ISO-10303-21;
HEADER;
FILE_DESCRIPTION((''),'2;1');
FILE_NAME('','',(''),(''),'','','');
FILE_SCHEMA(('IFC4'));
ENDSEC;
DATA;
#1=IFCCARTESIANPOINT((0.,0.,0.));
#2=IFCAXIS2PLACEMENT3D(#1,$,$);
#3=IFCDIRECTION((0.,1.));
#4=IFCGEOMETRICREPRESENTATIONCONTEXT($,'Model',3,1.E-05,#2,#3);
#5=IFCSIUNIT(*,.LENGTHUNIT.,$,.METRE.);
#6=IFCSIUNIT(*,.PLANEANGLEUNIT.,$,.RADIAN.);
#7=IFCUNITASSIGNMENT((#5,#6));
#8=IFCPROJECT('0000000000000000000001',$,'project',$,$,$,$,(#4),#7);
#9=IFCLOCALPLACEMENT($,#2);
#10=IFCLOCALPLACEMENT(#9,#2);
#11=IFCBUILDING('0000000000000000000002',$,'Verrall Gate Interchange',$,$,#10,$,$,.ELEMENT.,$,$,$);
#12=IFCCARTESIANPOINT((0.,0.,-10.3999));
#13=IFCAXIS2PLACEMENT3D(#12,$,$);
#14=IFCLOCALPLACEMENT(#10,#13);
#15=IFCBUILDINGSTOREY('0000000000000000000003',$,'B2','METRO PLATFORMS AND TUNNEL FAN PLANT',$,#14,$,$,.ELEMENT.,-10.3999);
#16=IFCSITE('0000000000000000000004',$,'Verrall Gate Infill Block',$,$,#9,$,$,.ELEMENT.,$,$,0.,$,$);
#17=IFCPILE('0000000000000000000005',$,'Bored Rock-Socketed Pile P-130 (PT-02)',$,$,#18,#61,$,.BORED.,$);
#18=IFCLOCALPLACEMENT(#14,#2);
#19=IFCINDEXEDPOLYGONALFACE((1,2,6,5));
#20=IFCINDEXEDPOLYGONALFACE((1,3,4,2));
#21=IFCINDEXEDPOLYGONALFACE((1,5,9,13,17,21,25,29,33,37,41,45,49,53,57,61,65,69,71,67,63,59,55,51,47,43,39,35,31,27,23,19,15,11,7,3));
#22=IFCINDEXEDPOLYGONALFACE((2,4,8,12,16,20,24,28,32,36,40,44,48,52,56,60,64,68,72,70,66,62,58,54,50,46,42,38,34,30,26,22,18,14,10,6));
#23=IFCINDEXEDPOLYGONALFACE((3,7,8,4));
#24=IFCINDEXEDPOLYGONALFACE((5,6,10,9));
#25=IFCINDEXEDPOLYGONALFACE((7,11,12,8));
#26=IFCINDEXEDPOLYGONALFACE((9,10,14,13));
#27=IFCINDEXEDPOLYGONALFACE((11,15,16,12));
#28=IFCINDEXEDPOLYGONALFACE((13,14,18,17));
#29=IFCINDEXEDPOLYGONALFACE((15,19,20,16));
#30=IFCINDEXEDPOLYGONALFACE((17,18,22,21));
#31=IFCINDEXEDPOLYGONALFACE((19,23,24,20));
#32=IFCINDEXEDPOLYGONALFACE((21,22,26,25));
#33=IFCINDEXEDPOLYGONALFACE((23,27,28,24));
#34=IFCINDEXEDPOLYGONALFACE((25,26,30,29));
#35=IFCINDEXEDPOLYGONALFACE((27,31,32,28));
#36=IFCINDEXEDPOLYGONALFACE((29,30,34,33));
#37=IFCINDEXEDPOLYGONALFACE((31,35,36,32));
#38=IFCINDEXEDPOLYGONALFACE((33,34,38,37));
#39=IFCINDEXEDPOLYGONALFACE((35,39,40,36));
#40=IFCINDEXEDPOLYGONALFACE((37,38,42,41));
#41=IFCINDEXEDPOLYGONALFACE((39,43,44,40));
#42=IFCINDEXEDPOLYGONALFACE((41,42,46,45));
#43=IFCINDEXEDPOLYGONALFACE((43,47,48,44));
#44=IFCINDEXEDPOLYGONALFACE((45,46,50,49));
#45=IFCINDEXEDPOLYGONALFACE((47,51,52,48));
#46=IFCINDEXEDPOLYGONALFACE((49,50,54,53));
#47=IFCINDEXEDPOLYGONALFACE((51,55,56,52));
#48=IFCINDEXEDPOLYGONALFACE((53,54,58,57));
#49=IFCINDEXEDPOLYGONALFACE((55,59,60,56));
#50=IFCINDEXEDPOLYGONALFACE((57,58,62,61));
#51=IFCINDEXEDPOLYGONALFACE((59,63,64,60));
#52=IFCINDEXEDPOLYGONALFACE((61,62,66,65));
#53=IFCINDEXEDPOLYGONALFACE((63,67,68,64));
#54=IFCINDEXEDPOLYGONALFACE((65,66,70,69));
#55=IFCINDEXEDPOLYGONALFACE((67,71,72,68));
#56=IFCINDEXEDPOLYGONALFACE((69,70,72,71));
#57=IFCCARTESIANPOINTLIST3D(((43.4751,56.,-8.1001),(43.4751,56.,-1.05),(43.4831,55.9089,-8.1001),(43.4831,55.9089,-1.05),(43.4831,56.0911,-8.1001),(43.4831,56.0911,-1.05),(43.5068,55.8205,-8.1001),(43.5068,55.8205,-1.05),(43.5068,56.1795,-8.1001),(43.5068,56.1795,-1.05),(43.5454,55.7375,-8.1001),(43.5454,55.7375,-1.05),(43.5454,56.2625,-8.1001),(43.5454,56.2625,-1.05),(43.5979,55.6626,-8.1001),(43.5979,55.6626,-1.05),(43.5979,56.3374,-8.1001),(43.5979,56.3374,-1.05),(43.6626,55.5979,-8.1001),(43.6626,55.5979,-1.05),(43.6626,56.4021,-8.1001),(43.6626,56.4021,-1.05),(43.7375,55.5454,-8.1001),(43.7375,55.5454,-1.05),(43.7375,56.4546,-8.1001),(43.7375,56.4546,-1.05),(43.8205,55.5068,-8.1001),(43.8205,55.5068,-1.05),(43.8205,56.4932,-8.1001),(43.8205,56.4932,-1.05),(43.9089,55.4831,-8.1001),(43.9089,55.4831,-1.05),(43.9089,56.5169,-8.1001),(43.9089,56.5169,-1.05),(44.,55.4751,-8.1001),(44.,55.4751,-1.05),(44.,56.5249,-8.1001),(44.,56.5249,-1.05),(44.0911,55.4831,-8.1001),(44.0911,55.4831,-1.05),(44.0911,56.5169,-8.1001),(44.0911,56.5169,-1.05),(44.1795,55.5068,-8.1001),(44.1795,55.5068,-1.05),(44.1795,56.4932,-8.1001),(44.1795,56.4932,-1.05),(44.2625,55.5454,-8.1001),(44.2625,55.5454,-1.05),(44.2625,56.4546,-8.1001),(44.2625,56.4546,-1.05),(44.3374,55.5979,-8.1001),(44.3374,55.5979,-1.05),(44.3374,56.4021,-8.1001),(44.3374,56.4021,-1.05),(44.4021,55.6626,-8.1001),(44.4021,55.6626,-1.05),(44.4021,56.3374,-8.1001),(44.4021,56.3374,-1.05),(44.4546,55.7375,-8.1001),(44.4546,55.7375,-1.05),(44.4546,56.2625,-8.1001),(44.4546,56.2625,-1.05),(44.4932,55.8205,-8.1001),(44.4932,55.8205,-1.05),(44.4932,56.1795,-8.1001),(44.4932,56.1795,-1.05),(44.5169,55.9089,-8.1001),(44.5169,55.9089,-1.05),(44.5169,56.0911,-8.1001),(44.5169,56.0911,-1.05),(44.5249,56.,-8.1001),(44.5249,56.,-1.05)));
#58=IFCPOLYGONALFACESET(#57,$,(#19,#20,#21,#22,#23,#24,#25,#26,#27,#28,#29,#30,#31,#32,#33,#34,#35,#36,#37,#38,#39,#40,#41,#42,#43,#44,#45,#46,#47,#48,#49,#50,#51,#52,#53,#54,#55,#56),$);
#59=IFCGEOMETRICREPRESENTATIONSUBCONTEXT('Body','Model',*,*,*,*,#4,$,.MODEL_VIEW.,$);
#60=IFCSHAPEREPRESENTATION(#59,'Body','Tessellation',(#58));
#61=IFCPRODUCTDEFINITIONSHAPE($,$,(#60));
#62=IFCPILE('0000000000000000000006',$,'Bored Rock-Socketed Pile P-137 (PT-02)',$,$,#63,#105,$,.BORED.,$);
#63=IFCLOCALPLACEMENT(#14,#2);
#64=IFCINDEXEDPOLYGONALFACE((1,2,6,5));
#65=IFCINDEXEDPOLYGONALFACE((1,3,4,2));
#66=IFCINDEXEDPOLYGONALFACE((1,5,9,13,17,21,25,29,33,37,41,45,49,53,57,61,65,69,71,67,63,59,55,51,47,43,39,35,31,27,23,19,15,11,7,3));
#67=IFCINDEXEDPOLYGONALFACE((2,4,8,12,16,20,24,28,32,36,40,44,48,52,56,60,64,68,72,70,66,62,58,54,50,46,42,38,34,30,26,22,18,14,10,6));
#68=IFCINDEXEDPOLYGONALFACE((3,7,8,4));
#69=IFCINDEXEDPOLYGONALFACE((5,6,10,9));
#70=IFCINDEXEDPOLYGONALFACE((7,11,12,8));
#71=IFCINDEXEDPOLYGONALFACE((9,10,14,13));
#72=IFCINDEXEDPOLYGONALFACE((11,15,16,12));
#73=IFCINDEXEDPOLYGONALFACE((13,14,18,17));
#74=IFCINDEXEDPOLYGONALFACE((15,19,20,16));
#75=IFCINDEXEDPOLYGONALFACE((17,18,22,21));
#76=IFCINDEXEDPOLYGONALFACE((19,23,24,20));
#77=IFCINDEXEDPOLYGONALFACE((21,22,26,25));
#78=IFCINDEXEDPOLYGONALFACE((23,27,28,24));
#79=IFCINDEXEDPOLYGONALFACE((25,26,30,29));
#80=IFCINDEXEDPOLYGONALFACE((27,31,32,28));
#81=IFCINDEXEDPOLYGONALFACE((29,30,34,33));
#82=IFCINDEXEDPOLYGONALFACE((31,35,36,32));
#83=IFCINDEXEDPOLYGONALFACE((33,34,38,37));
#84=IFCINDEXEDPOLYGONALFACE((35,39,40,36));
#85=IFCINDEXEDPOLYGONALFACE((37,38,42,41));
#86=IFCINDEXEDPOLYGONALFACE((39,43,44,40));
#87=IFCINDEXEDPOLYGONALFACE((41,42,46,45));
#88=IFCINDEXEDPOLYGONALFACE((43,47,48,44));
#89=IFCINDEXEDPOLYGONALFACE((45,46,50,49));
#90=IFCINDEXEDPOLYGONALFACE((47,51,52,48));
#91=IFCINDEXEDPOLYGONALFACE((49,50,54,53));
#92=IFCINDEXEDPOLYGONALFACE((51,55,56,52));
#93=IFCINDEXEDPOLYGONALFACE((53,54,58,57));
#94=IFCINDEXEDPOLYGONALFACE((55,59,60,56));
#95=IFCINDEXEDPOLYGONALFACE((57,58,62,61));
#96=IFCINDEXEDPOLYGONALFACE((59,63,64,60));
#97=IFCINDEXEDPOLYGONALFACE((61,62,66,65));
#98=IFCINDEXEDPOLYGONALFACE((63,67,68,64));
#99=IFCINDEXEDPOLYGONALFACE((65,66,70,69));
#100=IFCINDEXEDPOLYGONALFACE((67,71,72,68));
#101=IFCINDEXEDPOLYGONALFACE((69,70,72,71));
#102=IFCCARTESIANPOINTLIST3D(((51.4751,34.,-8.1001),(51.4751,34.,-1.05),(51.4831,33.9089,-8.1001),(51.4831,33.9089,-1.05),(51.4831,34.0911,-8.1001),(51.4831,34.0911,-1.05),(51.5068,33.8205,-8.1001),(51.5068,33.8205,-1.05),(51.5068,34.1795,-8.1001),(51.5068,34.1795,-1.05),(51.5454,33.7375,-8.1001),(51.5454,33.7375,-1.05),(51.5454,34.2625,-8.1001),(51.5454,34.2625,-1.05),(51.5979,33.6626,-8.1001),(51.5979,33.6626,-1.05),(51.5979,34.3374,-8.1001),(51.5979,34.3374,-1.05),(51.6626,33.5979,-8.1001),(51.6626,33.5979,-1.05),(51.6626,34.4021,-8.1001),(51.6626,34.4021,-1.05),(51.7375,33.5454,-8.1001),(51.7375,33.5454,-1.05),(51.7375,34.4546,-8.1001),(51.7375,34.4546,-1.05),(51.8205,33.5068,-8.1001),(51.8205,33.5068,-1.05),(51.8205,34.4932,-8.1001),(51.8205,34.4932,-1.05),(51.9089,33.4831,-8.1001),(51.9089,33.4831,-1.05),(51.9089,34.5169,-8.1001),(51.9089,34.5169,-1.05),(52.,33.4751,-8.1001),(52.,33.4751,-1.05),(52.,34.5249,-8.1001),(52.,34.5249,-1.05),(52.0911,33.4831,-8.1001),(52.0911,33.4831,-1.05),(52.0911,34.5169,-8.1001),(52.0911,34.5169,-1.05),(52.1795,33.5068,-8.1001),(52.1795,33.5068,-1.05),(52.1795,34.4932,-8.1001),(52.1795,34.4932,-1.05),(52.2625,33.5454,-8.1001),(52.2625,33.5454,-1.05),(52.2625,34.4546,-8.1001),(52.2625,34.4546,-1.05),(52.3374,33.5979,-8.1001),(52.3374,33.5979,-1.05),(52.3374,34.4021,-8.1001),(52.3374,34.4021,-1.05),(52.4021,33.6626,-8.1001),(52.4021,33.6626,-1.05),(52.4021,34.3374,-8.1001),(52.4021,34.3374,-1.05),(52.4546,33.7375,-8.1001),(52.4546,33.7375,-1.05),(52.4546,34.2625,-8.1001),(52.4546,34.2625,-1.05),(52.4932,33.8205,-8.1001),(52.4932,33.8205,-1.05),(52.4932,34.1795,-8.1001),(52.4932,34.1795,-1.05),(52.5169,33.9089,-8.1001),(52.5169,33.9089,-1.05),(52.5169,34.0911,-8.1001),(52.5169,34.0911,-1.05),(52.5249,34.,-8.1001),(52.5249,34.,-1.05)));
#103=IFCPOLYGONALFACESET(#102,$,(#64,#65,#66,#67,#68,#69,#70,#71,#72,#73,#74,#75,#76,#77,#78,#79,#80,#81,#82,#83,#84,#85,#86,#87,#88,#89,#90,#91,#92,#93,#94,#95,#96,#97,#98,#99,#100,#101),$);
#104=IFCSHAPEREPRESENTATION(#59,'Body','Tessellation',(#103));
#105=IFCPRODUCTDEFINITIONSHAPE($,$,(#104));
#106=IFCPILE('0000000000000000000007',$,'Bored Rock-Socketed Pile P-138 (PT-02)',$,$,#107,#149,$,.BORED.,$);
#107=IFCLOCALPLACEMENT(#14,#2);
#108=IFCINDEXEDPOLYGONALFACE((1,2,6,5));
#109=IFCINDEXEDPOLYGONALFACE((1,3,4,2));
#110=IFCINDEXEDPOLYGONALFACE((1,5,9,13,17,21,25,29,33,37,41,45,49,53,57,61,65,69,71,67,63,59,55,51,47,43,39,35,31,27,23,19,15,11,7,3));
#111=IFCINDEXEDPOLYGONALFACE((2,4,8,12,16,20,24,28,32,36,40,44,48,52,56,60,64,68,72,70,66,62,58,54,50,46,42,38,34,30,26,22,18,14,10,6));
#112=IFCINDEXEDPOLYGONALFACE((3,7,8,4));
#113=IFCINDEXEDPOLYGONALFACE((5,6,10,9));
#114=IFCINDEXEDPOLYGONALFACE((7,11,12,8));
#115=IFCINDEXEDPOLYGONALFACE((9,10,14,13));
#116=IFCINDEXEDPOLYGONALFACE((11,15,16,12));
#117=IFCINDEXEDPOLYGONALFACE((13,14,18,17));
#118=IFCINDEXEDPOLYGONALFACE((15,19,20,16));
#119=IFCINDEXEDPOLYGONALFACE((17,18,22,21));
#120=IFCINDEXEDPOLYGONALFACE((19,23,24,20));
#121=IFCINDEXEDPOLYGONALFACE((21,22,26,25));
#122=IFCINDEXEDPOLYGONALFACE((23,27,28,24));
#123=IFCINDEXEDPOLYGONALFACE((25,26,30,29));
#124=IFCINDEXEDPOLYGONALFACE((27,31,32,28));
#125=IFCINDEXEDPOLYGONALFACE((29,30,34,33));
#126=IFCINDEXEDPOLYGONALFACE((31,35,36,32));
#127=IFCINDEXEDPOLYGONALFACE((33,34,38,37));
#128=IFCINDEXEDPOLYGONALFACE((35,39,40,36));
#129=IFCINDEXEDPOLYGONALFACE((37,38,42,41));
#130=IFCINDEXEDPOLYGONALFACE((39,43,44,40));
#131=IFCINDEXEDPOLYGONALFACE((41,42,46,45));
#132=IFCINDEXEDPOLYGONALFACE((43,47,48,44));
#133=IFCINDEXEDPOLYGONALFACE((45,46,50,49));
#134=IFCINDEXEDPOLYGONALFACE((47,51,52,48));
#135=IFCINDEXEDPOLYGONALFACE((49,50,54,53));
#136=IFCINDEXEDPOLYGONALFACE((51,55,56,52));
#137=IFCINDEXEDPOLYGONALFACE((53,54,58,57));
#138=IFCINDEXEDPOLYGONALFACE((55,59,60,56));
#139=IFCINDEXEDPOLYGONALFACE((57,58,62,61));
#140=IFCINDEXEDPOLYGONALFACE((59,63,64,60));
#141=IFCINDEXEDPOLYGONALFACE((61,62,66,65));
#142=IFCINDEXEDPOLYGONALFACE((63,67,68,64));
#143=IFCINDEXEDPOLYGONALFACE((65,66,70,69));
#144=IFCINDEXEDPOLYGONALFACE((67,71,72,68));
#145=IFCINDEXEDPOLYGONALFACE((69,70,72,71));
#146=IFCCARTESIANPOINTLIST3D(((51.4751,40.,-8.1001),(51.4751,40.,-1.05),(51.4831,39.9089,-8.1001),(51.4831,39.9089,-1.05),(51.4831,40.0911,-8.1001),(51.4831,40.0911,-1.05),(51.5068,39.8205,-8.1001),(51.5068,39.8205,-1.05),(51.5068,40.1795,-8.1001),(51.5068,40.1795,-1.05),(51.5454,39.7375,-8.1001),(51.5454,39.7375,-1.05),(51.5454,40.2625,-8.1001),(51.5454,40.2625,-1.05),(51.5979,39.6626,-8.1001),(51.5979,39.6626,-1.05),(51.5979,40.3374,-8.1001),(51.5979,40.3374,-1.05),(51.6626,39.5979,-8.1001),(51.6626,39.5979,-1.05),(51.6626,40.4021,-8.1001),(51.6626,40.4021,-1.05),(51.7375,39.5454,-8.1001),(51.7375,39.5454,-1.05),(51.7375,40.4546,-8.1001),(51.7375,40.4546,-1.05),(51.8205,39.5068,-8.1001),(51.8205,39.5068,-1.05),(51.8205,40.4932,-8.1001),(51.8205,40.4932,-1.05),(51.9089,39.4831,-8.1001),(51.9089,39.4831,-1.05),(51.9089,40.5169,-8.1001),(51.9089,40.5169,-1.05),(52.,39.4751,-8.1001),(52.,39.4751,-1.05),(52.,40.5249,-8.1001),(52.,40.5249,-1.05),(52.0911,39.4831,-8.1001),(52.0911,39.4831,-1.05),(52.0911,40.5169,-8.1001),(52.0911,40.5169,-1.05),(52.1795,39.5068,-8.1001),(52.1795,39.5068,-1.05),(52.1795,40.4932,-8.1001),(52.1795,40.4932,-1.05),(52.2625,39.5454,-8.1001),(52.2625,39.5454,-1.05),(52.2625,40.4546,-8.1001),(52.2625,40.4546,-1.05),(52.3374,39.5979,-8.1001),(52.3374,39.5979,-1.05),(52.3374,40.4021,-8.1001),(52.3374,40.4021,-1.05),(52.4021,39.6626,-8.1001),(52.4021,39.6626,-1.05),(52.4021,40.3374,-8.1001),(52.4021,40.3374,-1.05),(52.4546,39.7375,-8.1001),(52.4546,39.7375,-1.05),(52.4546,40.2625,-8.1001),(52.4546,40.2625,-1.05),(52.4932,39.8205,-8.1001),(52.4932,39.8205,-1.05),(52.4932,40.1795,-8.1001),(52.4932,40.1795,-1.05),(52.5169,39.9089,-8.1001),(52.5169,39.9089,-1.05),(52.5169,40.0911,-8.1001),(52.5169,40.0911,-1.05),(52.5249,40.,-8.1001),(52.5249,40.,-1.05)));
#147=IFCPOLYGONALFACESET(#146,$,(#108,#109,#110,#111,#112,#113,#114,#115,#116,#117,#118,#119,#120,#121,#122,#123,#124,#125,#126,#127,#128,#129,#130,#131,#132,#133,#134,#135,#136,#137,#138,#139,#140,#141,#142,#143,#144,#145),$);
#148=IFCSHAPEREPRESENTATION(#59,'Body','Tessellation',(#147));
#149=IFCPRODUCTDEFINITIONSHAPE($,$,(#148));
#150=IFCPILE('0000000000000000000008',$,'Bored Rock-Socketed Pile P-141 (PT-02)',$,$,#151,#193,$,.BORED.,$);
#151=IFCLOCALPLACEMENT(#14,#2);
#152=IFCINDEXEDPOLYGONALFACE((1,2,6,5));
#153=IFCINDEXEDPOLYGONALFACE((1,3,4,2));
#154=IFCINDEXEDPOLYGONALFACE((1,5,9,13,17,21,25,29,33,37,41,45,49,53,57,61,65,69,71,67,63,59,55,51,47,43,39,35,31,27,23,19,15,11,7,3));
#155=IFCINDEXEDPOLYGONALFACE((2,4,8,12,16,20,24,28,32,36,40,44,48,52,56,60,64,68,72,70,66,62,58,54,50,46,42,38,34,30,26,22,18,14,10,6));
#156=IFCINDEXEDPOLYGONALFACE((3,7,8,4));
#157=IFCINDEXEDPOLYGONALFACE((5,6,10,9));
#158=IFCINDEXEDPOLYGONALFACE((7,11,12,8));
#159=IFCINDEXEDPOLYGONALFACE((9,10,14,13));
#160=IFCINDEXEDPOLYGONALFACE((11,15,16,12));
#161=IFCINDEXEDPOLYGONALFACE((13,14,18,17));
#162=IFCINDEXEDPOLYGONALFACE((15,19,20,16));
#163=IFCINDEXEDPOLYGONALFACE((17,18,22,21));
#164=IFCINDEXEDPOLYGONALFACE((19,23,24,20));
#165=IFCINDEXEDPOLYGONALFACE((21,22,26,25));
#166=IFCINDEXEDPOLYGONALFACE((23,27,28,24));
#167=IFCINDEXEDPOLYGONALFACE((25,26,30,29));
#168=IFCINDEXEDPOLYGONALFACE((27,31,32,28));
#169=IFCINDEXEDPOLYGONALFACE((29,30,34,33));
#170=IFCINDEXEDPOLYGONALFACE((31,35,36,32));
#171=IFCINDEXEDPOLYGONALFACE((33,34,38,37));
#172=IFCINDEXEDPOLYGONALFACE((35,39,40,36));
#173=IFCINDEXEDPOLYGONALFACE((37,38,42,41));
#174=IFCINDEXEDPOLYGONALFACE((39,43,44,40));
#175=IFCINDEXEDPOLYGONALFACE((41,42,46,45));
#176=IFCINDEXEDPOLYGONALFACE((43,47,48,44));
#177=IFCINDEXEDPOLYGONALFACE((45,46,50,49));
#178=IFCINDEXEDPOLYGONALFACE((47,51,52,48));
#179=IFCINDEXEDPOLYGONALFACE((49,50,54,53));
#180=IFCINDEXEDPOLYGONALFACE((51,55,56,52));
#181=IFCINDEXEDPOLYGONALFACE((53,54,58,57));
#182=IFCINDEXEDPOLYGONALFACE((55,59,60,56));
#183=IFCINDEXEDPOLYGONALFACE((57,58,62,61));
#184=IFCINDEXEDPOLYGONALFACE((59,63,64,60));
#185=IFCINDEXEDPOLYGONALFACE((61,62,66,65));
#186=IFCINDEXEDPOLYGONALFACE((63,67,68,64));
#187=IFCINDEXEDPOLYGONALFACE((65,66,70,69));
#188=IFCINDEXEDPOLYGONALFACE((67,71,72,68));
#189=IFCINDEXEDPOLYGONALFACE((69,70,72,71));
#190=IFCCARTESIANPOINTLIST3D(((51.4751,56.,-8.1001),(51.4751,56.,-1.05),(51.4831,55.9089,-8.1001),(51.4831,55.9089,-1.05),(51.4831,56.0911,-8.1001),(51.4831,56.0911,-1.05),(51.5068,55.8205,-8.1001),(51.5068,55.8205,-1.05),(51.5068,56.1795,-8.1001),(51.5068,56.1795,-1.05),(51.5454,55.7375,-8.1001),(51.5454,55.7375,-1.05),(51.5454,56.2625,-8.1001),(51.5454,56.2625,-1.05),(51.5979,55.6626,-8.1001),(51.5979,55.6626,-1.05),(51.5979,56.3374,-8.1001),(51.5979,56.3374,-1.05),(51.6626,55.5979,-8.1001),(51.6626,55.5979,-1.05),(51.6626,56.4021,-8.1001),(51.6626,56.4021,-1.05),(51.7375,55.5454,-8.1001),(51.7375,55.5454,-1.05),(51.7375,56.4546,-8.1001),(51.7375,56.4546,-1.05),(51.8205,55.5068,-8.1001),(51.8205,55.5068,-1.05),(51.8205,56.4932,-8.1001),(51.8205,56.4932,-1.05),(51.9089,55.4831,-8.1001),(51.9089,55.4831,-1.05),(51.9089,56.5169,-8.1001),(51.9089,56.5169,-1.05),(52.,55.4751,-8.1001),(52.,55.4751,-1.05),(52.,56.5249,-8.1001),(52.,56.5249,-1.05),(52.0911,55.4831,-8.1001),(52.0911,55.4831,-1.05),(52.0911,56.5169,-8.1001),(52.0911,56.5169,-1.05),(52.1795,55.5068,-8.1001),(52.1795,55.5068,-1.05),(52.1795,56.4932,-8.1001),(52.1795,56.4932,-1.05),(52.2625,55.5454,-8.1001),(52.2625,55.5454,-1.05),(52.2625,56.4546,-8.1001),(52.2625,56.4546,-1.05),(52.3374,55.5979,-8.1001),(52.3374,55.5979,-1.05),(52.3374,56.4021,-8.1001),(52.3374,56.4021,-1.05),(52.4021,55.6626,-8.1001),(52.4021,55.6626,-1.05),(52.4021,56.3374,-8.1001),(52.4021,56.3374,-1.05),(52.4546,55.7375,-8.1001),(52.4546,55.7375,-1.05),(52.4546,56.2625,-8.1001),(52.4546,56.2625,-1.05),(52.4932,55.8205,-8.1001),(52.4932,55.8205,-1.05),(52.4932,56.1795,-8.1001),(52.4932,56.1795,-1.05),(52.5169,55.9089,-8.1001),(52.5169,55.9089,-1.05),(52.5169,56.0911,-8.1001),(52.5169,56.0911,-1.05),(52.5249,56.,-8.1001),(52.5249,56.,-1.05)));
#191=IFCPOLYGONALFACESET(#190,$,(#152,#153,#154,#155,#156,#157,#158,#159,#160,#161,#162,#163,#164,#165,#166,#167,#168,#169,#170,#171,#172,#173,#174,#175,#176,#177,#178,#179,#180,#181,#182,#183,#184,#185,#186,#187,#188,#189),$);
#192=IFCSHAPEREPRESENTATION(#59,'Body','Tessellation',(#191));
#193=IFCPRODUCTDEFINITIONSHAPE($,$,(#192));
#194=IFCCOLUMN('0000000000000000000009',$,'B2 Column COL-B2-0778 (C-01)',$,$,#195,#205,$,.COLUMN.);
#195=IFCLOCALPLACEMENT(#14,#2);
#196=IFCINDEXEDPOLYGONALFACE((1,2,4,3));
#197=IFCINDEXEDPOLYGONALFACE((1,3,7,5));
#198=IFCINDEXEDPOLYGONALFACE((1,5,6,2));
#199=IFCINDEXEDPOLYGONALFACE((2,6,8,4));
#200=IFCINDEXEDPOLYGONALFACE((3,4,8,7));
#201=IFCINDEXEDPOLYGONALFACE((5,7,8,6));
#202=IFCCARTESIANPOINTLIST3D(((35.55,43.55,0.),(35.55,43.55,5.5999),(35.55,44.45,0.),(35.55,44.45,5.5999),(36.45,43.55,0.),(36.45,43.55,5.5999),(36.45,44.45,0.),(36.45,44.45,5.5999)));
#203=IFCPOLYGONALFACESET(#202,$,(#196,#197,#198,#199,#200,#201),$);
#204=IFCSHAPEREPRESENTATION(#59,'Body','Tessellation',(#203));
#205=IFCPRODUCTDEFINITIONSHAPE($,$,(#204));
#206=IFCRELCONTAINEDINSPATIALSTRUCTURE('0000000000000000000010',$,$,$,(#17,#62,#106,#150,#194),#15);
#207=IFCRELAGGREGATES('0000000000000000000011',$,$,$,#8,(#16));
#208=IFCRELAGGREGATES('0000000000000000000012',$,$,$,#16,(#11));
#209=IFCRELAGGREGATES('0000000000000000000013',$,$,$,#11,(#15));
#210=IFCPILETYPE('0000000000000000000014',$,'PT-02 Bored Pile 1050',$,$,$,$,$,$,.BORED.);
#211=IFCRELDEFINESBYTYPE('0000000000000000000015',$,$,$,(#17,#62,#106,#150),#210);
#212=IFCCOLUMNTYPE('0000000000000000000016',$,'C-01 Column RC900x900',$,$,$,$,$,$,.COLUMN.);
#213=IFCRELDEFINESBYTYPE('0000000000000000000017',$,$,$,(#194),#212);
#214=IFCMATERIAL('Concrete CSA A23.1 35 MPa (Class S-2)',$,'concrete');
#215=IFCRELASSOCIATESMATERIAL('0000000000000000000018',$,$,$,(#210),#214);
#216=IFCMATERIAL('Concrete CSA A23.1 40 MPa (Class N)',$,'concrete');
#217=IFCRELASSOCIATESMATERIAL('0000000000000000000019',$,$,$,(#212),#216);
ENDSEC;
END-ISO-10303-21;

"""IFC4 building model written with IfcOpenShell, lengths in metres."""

from ifc_helpers import new_model, si_unit, direction, frame, origin, origin_2d, place, context, subcontext, project, spatial, rectangle, circle, extrude, material, material_profile, profile_set, type_object, element, save


model = new_model("IFC4")

# Units and contexts
model_context = context("Model", 3, precision=1e-05, world=origin(), true_north=direction((0.0, 1.0)))
body_context = subcontext(model_context, "Body", "Model", "MODEL_VIEW")
ifc_project = project(units=[si_unit("LENGTHUNIT", "METRE"), si_unit("PLANEANGLEUNIT", "RADIAN")], contexts=[model_context])

# Site, building, storey
site_placement = place(None, origin())
site = spatial("IfcSite", under=ifc_project, at=site_placement, Name="Verrall Gate Infill Block", CompositionType="ELEMENT", RefElevation=0.0)
building_placement = place(site_placement, origin())
building = spatial("IfcBuilding", under=site, at=building_placement, Name="Verrall Gate Interchange", CompositionType="ELEMENT")
storey_placement = place(building_placement, frame((0.0, 0.0, -10.3999)))
storey = spatial("IfcBuildingStorey", under=building, at=storey_placement, Name="B2", Description="METRO PLATFORMS AND TUNNEL FAN PLANT", CompositionType="ELEMENT", Elevation=-10.3999)

# Piles
ifc_material_1 = material(Name="Concrete CSA A23.1 35 MPa (Class S-2)", Category="concrete")
ifc_material_profile_1 = material_profile(ifc_material_1, circle(Radius=0.5249, at=origin_2d()), Name="PILE1050D")
ifc_profile_set_1 = profile_set([ifc_material_profile_1], Name="Concrete CSA A23.1 35 MPa (Class S-2)")
pile_type_1 = type_object("IfcPileType", Name="PT-02 Bored Pile 1050", PredefinedType="BORED", material=ifc_profile_set_1)
for number, where, z_axis, x_axis, name in (
    (1, (44.0, 56.0, -1.05), (0.0, 0.0, -1.0), (1.0, 0.0, 0.0), "Bored Rock-Socketed Pile P-130 (PT-02)"),
    (2, (52.0, 34.0, -1.05), (0.0, 0.0, -1.0), (1.0, 0.0, 0.0), "Bored Rock-Socketed Pile P-137 (PT-02)"),
    (3, (52.0, 40.0, -1.05), (0.0, 0.0, -1.0), (1.0, 0.0, 0.0), "Bored Rock-Socketed Pile P-138 (PT-02)"),
    (4, (52.0, 56.0, -1.05), (0.0, 0.0, -1.0), (1.0, 0.0, 0.0), "Bored Rock-Socketed Pile P-141 (PT-02)"),
):
    element("IfcPile", number, at=place(storey_placement, frame(where, z_axis=z_axis, x_axis=x_axis)), inside=storey, type_object=pile_type_1, Name=name, PredefinedType="BORED", context=body_context, shape_type="SweptSolid", body=[
        extrude(circle(Radius=0.5249, at=origin_2d()), origin(), (0.0, 0.0, 1.0), 7.05),
    ])

# Column
ifc_material_2 = material(Name="Concrete CSA A23.1 40 MPa (Class N)", Category="concrete")
ifc_material_profile_2 = material_profile(ifc_material_2, rectangle(XDim=0.8999, YDim=0.8999, at=origin_2d()), Name="RC900x900")
ifc_profile_set_2 = profile_set([ifc_material_profile_2], Name="Concrete CSA A23.1 40 MPa (Class N)")
column_type_1 = type_object("IfcColumnType", Name="C-01 Column RC900x900", PredefinedType="COLUMN", material=ifc_profile_set_2)
for number, where, z_axis, x_axis, name in (
    (5, (36.0, 44.0, 0.0), (0.0, 0.0, 1.0), (1.0, 0.0, 0.0), "B2 Column COL-B2-0778 (C-01)"),
):
    element("IfcColumn", number, at=place(storey_placement, frame(where, z_axis=z_axis, x_axis=x_axis)), inside=storey, type_object=column_type_1, Name=name, PredefinedType="COLUMN", context=body_context, shape_type="SweptSolid", body=[
        extrude(rectangle(XDim=0.8999, YDim=0.8999, at=origin_2d()), origin(), (0.0, 0.0, 1.0), 5.5999),
    ])

save(model, "model.ifc")
